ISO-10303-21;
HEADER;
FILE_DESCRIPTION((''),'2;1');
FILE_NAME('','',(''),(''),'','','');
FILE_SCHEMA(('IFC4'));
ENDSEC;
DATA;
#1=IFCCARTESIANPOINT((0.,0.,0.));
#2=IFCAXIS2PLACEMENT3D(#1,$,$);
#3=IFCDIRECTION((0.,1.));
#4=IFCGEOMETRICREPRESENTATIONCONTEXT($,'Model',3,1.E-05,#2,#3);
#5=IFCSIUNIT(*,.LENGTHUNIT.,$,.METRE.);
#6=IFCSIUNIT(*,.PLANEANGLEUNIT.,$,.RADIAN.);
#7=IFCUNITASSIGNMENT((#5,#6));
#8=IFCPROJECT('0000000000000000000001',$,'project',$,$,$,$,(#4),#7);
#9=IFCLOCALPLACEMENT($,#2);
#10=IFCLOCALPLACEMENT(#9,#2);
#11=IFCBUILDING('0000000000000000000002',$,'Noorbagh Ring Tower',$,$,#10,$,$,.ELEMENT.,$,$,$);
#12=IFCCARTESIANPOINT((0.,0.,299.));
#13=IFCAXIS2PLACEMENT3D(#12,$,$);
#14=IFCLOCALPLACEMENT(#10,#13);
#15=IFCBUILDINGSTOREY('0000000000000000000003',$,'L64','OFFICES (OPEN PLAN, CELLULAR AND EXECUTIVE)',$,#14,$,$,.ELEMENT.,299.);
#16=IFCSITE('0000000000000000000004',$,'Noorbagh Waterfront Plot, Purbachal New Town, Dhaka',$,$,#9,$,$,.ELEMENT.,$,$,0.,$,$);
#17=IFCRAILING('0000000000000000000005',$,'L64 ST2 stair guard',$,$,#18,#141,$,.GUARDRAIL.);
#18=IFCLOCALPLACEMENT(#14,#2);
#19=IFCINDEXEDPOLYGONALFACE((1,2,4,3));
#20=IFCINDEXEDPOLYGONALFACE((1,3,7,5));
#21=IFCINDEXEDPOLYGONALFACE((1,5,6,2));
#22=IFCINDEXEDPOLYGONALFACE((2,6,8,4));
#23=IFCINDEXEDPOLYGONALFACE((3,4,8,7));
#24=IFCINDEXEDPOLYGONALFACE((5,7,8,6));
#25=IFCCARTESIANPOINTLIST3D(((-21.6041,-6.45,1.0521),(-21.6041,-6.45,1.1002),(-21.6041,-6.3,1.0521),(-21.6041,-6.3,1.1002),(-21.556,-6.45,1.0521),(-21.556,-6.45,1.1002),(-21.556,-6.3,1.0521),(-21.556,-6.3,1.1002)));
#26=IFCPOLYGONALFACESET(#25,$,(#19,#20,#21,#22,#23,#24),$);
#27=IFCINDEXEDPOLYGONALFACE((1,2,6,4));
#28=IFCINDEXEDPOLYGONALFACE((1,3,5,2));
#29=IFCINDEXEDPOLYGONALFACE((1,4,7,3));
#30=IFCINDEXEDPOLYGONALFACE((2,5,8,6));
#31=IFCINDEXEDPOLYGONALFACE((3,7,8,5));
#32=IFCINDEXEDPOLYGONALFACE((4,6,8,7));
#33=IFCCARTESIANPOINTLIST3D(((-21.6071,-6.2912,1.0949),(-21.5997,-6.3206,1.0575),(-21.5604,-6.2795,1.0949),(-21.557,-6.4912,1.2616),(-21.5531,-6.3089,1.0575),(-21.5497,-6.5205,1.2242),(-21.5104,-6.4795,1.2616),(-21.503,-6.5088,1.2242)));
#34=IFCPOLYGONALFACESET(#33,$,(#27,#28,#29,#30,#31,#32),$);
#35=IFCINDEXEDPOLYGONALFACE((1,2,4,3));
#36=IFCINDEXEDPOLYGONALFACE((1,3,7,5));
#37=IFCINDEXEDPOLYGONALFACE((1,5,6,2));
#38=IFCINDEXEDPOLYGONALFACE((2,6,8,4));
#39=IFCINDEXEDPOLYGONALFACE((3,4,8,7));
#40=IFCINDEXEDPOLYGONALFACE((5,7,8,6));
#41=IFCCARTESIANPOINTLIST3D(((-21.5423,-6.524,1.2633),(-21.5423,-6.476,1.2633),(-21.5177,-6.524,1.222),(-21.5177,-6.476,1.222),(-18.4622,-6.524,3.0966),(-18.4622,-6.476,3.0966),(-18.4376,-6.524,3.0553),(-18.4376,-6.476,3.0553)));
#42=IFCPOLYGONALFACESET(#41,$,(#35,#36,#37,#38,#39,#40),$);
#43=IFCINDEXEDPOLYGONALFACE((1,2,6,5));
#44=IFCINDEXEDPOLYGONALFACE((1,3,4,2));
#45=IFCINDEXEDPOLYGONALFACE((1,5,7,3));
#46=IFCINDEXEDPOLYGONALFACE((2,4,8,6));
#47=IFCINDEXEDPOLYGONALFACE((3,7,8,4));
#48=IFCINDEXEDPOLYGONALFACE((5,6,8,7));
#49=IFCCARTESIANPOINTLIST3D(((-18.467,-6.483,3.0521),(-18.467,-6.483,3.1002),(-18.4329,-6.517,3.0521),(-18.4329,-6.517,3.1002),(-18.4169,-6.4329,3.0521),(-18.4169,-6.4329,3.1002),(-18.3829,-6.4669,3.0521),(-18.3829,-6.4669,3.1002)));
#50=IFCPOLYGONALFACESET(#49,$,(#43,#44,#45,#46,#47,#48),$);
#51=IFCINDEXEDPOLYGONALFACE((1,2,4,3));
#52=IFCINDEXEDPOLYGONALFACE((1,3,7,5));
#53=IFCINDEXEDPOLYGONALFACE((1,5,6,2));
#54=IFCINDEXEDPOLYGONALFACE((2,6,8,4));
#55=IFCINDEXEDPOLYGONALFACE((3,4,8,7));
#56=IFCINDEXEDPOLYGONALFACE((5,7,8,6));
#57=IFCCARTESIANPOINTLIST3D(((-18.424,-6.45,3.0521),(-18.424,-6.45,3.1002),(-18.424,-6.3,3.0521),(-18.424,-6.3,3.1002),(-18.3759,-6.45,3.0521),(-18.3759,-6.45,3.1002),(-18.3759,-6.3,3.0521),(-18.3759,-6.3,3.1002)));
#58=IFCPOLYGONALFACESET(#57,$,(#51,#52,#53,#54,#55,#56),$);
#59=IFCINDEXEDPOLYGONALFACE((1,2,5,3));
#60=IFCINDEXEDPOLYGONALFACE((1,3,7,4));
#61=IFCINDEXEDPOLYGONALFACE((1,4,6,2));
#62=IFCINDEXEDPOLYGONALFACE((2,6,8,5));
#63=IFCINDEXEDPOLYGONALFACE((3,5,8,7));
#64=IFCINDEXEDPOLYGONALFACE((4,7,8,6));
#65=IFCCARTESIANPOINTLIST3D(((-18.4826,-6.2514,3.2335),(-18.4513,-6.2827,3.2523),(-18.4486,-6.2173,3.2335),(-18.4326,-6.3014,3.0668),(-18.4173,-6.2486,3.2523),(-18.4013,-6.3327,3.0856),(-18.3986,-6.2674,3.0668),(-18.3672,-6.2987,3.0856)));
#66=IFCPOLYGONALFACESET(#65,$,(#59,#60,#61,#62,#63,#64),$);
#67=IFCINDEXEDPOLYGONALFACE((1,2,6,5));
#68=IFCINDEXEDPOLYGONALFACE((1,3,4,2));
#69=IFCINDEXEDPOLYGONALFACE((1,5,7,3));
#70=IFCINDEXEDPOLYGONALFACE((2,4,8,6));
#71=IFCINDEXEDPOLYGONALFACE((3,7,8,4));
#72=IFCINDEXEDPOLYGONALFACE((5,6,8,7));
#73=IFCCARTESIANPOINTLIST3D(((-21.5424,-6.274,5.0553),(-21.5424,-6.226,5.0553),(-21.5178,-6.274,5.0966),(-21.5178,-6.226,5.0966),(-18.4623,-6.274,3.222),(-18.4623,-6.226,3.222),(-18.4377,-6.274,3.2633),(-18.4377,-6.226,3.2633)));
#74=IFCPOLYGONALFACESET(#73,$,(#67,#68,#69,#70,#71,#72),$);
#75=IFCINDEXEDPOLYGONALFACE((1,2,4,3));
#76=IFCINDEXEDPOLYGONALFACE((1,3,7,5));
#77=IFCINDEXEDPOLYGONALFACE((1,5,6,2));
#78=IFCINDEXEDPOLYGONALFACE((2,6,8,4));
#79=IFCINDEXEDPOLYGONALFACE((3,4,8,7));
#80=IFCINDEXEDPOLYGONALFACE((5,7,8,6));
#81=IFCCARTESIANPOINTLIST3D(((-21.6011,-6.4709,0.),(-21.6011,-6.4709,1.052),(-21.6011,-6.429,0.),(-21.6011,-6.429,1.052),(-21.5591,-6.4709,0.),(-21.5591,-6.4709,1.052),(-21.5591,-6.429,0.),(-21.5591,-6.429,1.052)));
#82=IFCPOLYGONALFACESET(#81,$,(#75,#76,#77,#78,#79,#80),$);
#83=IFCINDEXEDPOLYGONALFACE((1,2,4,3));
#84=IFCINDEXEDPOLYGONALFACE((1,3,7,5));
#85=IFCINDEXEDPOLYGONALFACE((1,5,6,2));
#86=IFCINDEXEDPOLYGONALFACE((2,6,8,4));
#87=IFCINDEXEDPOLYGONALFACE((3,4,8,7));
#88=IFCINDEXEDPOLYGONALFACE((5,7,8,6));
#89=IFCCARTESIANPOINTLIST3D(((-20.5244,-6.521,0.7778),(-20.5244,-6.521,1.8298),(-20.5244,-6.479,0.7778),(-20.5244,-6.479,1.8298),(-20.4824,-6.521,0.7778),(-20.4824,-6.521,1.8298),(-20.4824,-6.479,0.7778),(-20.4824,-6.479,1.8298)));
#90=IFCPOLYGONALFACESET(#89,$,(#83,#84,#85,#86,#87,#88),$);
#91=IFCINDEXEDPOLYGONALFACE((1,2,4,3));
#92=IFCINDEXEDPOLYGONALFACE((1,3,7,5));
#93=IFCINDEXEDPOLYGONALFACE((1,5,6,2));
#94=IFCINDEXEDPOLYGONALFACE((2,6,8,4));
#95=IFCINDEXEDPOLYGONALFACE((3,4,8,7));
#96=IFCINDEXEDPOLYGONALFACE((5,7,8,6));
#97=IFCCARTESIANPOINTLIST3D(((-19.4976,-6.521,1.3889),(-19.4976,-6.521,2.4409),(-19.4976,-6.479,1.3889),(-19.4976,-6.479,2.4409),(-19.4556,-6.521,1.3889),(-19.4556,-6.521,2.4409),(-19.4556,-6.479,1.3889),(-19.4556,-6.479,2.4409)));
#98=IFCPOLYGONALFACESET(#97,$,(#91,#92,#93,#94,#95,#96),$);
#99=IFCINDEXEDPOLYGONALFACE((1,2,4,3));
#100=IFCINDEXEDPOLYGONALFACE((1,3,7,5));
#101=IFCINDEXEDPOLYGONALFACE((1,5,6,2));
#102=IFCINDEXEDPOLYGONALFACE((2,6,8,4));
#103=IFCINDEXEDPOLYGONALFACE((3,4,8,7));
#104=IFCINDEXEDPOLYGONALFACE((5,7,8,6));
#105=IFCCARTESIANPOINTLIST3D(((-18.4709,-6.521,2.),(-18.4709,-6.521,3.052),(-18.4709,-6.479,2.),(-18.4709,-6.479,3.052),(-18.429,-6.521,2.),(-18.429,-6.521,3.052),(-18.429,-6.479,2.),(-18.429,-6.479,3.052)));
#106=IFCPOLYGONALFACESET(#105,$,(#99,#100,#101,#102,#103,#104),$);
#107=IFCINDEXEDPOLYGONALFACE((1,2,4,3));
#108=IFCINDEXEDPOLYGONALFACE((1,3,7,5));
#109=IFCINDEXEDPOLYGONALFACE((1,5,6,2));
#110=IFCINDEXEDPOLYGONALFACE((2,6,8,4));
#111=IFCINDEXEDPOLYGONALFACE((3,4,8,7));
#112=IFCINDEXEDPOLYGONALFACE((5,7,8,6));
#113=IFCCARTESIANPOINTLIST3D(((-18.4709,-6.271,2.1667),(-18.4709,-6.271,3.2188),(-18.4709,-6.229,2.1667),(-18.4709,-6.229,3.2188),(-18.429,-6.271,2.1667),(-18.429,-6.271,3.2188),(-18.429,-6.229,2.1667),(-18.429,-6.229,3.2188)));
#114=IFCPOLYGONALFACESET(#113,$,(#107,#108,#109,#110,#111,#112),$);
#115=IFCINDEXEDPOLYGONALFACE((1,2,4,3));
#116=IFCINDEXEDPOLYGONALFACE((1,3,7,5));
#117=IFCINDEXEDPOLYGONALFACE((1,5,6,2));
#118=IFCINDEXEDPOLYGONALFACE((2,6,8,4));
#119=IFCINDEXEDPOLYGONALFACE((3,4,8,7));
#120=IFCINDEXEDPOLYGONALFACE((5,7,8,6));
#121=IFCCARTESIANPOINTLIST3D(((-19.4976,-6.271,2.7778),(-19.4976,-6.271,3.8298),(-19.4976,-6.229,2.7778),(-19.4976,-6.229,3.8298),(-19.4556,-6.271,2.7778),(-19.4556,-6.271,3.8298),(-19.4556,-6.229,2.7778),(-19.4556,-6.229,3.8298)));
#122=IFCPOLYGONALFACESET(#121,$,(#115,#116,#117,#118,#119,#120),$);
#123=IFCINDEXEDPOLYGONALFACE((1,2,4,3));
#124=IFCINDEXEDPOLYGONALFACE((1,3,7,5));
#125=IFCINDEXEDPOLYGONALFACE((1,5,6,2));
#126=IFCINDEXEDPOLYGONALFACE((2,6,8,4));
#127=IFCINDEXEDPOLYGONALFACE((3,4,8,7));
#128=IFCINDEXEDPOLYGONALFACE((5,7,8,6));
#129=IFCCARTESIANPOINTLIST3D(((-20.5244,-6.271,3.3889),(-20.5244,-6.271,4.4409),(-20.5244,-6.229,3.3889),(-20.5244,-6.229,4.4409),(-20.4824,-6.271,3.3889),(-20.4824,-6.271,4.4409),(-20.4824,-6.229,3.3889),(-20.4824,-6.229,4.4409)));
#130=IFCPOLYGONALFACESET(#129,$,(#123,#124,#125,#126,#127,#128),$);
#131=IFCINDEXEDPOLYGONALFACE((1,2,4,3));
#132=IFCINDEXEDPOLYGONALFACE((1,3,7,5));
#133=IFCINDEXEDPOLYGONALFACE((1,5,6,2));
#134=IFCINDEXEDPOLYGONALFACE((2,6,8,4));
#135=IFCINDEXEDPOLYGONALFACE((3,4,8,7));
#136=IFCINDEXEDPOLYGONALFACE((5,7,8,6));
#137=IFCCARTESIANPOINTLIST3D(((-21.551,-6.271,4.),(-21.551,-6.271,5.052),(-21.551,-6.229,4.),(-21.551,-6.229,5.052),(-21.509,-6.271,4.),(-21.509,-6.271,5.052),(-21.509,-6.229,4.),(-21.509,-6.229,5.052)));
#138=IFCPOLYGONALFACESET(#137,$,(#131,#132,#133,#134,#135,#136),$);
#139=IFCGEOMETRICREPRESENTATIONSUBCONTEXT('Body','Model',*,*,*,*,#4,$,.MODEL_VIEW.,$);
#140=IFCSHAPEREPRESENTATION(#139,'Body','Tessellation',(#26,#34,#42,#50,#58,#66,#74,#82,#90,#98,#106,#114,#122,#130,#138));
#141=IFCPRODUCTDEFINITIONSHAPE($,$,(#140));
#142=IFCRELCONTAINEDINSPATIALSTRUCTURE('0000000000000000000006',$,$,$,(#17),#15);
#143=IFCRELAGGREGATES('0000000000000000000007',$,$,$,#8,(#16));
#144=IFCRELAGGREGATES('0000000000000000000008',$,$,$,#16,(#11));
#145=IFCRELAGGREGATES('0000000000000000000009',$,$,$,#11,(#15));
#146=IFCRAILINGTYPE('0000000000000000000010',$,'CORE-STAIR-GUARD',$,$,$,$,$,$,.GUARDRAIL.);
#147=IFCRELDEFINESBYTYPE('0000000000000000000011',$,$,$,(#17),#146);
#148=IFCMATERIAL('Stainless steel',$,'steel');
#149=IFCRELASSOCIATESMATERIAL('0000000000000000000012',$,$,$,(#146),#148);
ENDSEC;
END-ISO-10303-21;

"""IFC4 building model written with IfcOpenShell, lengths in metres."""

from ifc_helpers import new_model, si_unit, direction, frame, origin, origin_2d, place, context, subcontext, project, spatial, rectangle, extrude, material, type_object, element, save


model = new_model("IFC4")

# Units and contexts
model_context = context("Model", 3, precision=1e-05, world=origin(), true_north=direction((0.0, 1.0)))
body_context = subcontext(model_context, "Body", "Model", "MODEL_VIEW")
ifc_project = project(units=[si_unit("LENGTHUNIT", "METRE"), si_unit("PLANEANGLEUNIT", "RADIAN")], contexts=[model_context])

# Site, building, storey
site_placement = place(None, origin())
site = spatial("IfcSite", under=ifc_project, at=site_placement, Name="Noorbagh Waterfront Plot, Purbachal New Town, Dhaka", CompositionType="ELEMENT", RefElevation=0.0)
building_placement = place(site_placement, origin())
building = spatial("IfcBuilding", under=site, at=building_placement, Name="Noorbagh Ring Tower", CompositionType="ELEMENT")
storey_placement = place(building_placement, frame((0.0, 0.0, 299.0)))
storey = spatial("IfcBuildingStorey", under=building, at=storey_placement, Name="L64", Description="OFFICES (OPEN PLAN, CELLULAR AND EXECUTIVE)", CompositionType="ELEMENT", Elevation=299.0)

# Railing
ifc_material_1 = material(Name="Stainless steel", Category="steel")
railing_type_1 = type_object("IfcRailingType", Name="CORE-STAIR-GUARD", PredefinedType="GUARDRAIL", material=ifc_material_1)
railing_1_placement = place(storey_placement, frame((-21.5801, -6.45, 0.0)))
element("IfcRailing", 1, at=railing_1_placement, inside=storey, type_object=railing_type_1, Name="L64 ST2 stair guard", PredefinedType="GUARDRAIL", context=body_context, shape_type="SweptSolid", body=[
    extrude(rectangle(XDim=0.0481, YDim=0.0481, at=origin_2d()), frame((0.0, 0.0, 1.0762), z_axis=(0.0, 1.0, 0.0), x_axis=(-1.0, 0.0, 0.0)), (0.0, 0.0, 1.0), 0.1499),
    extrude(rectangle(XDim=0.0481, YDim=0.0481, at=origin_2d()), frame((0.0, 0.1499, 1.0762), z_axis=(0.188776, -0.754182, 0.628946), x_axis=(0.970073, 0.242814, 0.0)), (0.0, 0.0, 1.0), 0.2651),
    extrude(rectangle(XDim=0.0481, YDim=0.0481, at=origin_2d()), frame((0.05, -0.05, 1.2427), z_axis=(0.859309, 0.0, 0.511458), x_axis=(0.0, 1.0, 0.0)), (0.0, 0.0, 1.0), 3.5845),
    extrude(rectangle(XDim=0.0481, YDim=0.0481, at=origin_2d()), frame((3.1301, -0.05, 3.0762), z_axis=(0.707107, 0.707107, 0.0), x_axis=(-0.707107, 0.707107, 0.0)), (0.0, 0.0, 1.0), 0.0708),
    extrude(rectangle(XDim=0.0481, YDim=0.0481, at=origin_2d()), frame((3.1802, 0.0, 3.0762), z_axis=(0.0, 1.0, 0.0), x_axis=(-1.0, 0.0, 0.0)), (0.0, 0.0, 1.0), 0.1499),
    extrude(rectangle(XDim=0.0481, YDim=0.0481, at=origin_2d()), frame((3.1802, 0.1499, 3.0762), z_axis=(-0.276287, 0.276287, 0.920506), x_axis=(-0.707107, -0.707107, 0.0)), (0.0, 0.0, 1.0), 0.1812),
    extrude(rectangle(XDim=0.0481, YDim=0.0481, at=origin_2d()), frame((3.1301, 0.2, 3.2427), z_axis=(-0.859309, 0.0, 0.511458), x_axis=(0.0, -1.0, 0.0)), (0.0, 0.0, 1.0), 3.5845),
    extrude(rectangle(XDim=0.042, YDim=0.042, at=origin_2d()), origin(), (0.0, 0.0, 1.0), 1.052),
    extrude(rectangle(XDim=0.042, YDim=0.042, at=origin_2d()), frame((1.0767, -0.05, 0.7778)), (0.0, 0.0, 1.0), 1.052),
    extrude(rectangle(XDim=0.042, YDim=0.042, at=origin_2d()), frame((2.1035, -0.05, 1.3889)), (0.0, 0.0, 1.0), 1.052),
    extrude(rectangle(XDim=0.042, YDim=0.042, at=origin_2d()), frame((3.1301, -0.05, 2.0)), (0.0, 0.0, 1.0), 1.052),
    extrude(rectangle(XDim=0.042, YDim=0.042, at=origin_2d()), frame((3.1301, 0.2, 2.1667)), (0.0, 0.0, 1.0), 1.052),
    extrude(rectangle(XDim=0.042, YDim=0.042, at=origin_2d()), frame((2.1035, 0.2, 2.7778)), (0.0, 0.0, 1.0), 1.052),
    extrude(rectangle(XDim=0.042, YDim=0.042, at=origin_2d()), frame((1.0767, 0.2, 3.3889)), (0.0, 0.0, 1.0), 1.052),
    extrude(rectangle(XDim=0.042, YDim=0.042, at=origin_2d()), frame((0.05, 0.2, 4.0)), (0.0, 0.0, 1.0), 1.052),
])

save(model, "model.ifc")
